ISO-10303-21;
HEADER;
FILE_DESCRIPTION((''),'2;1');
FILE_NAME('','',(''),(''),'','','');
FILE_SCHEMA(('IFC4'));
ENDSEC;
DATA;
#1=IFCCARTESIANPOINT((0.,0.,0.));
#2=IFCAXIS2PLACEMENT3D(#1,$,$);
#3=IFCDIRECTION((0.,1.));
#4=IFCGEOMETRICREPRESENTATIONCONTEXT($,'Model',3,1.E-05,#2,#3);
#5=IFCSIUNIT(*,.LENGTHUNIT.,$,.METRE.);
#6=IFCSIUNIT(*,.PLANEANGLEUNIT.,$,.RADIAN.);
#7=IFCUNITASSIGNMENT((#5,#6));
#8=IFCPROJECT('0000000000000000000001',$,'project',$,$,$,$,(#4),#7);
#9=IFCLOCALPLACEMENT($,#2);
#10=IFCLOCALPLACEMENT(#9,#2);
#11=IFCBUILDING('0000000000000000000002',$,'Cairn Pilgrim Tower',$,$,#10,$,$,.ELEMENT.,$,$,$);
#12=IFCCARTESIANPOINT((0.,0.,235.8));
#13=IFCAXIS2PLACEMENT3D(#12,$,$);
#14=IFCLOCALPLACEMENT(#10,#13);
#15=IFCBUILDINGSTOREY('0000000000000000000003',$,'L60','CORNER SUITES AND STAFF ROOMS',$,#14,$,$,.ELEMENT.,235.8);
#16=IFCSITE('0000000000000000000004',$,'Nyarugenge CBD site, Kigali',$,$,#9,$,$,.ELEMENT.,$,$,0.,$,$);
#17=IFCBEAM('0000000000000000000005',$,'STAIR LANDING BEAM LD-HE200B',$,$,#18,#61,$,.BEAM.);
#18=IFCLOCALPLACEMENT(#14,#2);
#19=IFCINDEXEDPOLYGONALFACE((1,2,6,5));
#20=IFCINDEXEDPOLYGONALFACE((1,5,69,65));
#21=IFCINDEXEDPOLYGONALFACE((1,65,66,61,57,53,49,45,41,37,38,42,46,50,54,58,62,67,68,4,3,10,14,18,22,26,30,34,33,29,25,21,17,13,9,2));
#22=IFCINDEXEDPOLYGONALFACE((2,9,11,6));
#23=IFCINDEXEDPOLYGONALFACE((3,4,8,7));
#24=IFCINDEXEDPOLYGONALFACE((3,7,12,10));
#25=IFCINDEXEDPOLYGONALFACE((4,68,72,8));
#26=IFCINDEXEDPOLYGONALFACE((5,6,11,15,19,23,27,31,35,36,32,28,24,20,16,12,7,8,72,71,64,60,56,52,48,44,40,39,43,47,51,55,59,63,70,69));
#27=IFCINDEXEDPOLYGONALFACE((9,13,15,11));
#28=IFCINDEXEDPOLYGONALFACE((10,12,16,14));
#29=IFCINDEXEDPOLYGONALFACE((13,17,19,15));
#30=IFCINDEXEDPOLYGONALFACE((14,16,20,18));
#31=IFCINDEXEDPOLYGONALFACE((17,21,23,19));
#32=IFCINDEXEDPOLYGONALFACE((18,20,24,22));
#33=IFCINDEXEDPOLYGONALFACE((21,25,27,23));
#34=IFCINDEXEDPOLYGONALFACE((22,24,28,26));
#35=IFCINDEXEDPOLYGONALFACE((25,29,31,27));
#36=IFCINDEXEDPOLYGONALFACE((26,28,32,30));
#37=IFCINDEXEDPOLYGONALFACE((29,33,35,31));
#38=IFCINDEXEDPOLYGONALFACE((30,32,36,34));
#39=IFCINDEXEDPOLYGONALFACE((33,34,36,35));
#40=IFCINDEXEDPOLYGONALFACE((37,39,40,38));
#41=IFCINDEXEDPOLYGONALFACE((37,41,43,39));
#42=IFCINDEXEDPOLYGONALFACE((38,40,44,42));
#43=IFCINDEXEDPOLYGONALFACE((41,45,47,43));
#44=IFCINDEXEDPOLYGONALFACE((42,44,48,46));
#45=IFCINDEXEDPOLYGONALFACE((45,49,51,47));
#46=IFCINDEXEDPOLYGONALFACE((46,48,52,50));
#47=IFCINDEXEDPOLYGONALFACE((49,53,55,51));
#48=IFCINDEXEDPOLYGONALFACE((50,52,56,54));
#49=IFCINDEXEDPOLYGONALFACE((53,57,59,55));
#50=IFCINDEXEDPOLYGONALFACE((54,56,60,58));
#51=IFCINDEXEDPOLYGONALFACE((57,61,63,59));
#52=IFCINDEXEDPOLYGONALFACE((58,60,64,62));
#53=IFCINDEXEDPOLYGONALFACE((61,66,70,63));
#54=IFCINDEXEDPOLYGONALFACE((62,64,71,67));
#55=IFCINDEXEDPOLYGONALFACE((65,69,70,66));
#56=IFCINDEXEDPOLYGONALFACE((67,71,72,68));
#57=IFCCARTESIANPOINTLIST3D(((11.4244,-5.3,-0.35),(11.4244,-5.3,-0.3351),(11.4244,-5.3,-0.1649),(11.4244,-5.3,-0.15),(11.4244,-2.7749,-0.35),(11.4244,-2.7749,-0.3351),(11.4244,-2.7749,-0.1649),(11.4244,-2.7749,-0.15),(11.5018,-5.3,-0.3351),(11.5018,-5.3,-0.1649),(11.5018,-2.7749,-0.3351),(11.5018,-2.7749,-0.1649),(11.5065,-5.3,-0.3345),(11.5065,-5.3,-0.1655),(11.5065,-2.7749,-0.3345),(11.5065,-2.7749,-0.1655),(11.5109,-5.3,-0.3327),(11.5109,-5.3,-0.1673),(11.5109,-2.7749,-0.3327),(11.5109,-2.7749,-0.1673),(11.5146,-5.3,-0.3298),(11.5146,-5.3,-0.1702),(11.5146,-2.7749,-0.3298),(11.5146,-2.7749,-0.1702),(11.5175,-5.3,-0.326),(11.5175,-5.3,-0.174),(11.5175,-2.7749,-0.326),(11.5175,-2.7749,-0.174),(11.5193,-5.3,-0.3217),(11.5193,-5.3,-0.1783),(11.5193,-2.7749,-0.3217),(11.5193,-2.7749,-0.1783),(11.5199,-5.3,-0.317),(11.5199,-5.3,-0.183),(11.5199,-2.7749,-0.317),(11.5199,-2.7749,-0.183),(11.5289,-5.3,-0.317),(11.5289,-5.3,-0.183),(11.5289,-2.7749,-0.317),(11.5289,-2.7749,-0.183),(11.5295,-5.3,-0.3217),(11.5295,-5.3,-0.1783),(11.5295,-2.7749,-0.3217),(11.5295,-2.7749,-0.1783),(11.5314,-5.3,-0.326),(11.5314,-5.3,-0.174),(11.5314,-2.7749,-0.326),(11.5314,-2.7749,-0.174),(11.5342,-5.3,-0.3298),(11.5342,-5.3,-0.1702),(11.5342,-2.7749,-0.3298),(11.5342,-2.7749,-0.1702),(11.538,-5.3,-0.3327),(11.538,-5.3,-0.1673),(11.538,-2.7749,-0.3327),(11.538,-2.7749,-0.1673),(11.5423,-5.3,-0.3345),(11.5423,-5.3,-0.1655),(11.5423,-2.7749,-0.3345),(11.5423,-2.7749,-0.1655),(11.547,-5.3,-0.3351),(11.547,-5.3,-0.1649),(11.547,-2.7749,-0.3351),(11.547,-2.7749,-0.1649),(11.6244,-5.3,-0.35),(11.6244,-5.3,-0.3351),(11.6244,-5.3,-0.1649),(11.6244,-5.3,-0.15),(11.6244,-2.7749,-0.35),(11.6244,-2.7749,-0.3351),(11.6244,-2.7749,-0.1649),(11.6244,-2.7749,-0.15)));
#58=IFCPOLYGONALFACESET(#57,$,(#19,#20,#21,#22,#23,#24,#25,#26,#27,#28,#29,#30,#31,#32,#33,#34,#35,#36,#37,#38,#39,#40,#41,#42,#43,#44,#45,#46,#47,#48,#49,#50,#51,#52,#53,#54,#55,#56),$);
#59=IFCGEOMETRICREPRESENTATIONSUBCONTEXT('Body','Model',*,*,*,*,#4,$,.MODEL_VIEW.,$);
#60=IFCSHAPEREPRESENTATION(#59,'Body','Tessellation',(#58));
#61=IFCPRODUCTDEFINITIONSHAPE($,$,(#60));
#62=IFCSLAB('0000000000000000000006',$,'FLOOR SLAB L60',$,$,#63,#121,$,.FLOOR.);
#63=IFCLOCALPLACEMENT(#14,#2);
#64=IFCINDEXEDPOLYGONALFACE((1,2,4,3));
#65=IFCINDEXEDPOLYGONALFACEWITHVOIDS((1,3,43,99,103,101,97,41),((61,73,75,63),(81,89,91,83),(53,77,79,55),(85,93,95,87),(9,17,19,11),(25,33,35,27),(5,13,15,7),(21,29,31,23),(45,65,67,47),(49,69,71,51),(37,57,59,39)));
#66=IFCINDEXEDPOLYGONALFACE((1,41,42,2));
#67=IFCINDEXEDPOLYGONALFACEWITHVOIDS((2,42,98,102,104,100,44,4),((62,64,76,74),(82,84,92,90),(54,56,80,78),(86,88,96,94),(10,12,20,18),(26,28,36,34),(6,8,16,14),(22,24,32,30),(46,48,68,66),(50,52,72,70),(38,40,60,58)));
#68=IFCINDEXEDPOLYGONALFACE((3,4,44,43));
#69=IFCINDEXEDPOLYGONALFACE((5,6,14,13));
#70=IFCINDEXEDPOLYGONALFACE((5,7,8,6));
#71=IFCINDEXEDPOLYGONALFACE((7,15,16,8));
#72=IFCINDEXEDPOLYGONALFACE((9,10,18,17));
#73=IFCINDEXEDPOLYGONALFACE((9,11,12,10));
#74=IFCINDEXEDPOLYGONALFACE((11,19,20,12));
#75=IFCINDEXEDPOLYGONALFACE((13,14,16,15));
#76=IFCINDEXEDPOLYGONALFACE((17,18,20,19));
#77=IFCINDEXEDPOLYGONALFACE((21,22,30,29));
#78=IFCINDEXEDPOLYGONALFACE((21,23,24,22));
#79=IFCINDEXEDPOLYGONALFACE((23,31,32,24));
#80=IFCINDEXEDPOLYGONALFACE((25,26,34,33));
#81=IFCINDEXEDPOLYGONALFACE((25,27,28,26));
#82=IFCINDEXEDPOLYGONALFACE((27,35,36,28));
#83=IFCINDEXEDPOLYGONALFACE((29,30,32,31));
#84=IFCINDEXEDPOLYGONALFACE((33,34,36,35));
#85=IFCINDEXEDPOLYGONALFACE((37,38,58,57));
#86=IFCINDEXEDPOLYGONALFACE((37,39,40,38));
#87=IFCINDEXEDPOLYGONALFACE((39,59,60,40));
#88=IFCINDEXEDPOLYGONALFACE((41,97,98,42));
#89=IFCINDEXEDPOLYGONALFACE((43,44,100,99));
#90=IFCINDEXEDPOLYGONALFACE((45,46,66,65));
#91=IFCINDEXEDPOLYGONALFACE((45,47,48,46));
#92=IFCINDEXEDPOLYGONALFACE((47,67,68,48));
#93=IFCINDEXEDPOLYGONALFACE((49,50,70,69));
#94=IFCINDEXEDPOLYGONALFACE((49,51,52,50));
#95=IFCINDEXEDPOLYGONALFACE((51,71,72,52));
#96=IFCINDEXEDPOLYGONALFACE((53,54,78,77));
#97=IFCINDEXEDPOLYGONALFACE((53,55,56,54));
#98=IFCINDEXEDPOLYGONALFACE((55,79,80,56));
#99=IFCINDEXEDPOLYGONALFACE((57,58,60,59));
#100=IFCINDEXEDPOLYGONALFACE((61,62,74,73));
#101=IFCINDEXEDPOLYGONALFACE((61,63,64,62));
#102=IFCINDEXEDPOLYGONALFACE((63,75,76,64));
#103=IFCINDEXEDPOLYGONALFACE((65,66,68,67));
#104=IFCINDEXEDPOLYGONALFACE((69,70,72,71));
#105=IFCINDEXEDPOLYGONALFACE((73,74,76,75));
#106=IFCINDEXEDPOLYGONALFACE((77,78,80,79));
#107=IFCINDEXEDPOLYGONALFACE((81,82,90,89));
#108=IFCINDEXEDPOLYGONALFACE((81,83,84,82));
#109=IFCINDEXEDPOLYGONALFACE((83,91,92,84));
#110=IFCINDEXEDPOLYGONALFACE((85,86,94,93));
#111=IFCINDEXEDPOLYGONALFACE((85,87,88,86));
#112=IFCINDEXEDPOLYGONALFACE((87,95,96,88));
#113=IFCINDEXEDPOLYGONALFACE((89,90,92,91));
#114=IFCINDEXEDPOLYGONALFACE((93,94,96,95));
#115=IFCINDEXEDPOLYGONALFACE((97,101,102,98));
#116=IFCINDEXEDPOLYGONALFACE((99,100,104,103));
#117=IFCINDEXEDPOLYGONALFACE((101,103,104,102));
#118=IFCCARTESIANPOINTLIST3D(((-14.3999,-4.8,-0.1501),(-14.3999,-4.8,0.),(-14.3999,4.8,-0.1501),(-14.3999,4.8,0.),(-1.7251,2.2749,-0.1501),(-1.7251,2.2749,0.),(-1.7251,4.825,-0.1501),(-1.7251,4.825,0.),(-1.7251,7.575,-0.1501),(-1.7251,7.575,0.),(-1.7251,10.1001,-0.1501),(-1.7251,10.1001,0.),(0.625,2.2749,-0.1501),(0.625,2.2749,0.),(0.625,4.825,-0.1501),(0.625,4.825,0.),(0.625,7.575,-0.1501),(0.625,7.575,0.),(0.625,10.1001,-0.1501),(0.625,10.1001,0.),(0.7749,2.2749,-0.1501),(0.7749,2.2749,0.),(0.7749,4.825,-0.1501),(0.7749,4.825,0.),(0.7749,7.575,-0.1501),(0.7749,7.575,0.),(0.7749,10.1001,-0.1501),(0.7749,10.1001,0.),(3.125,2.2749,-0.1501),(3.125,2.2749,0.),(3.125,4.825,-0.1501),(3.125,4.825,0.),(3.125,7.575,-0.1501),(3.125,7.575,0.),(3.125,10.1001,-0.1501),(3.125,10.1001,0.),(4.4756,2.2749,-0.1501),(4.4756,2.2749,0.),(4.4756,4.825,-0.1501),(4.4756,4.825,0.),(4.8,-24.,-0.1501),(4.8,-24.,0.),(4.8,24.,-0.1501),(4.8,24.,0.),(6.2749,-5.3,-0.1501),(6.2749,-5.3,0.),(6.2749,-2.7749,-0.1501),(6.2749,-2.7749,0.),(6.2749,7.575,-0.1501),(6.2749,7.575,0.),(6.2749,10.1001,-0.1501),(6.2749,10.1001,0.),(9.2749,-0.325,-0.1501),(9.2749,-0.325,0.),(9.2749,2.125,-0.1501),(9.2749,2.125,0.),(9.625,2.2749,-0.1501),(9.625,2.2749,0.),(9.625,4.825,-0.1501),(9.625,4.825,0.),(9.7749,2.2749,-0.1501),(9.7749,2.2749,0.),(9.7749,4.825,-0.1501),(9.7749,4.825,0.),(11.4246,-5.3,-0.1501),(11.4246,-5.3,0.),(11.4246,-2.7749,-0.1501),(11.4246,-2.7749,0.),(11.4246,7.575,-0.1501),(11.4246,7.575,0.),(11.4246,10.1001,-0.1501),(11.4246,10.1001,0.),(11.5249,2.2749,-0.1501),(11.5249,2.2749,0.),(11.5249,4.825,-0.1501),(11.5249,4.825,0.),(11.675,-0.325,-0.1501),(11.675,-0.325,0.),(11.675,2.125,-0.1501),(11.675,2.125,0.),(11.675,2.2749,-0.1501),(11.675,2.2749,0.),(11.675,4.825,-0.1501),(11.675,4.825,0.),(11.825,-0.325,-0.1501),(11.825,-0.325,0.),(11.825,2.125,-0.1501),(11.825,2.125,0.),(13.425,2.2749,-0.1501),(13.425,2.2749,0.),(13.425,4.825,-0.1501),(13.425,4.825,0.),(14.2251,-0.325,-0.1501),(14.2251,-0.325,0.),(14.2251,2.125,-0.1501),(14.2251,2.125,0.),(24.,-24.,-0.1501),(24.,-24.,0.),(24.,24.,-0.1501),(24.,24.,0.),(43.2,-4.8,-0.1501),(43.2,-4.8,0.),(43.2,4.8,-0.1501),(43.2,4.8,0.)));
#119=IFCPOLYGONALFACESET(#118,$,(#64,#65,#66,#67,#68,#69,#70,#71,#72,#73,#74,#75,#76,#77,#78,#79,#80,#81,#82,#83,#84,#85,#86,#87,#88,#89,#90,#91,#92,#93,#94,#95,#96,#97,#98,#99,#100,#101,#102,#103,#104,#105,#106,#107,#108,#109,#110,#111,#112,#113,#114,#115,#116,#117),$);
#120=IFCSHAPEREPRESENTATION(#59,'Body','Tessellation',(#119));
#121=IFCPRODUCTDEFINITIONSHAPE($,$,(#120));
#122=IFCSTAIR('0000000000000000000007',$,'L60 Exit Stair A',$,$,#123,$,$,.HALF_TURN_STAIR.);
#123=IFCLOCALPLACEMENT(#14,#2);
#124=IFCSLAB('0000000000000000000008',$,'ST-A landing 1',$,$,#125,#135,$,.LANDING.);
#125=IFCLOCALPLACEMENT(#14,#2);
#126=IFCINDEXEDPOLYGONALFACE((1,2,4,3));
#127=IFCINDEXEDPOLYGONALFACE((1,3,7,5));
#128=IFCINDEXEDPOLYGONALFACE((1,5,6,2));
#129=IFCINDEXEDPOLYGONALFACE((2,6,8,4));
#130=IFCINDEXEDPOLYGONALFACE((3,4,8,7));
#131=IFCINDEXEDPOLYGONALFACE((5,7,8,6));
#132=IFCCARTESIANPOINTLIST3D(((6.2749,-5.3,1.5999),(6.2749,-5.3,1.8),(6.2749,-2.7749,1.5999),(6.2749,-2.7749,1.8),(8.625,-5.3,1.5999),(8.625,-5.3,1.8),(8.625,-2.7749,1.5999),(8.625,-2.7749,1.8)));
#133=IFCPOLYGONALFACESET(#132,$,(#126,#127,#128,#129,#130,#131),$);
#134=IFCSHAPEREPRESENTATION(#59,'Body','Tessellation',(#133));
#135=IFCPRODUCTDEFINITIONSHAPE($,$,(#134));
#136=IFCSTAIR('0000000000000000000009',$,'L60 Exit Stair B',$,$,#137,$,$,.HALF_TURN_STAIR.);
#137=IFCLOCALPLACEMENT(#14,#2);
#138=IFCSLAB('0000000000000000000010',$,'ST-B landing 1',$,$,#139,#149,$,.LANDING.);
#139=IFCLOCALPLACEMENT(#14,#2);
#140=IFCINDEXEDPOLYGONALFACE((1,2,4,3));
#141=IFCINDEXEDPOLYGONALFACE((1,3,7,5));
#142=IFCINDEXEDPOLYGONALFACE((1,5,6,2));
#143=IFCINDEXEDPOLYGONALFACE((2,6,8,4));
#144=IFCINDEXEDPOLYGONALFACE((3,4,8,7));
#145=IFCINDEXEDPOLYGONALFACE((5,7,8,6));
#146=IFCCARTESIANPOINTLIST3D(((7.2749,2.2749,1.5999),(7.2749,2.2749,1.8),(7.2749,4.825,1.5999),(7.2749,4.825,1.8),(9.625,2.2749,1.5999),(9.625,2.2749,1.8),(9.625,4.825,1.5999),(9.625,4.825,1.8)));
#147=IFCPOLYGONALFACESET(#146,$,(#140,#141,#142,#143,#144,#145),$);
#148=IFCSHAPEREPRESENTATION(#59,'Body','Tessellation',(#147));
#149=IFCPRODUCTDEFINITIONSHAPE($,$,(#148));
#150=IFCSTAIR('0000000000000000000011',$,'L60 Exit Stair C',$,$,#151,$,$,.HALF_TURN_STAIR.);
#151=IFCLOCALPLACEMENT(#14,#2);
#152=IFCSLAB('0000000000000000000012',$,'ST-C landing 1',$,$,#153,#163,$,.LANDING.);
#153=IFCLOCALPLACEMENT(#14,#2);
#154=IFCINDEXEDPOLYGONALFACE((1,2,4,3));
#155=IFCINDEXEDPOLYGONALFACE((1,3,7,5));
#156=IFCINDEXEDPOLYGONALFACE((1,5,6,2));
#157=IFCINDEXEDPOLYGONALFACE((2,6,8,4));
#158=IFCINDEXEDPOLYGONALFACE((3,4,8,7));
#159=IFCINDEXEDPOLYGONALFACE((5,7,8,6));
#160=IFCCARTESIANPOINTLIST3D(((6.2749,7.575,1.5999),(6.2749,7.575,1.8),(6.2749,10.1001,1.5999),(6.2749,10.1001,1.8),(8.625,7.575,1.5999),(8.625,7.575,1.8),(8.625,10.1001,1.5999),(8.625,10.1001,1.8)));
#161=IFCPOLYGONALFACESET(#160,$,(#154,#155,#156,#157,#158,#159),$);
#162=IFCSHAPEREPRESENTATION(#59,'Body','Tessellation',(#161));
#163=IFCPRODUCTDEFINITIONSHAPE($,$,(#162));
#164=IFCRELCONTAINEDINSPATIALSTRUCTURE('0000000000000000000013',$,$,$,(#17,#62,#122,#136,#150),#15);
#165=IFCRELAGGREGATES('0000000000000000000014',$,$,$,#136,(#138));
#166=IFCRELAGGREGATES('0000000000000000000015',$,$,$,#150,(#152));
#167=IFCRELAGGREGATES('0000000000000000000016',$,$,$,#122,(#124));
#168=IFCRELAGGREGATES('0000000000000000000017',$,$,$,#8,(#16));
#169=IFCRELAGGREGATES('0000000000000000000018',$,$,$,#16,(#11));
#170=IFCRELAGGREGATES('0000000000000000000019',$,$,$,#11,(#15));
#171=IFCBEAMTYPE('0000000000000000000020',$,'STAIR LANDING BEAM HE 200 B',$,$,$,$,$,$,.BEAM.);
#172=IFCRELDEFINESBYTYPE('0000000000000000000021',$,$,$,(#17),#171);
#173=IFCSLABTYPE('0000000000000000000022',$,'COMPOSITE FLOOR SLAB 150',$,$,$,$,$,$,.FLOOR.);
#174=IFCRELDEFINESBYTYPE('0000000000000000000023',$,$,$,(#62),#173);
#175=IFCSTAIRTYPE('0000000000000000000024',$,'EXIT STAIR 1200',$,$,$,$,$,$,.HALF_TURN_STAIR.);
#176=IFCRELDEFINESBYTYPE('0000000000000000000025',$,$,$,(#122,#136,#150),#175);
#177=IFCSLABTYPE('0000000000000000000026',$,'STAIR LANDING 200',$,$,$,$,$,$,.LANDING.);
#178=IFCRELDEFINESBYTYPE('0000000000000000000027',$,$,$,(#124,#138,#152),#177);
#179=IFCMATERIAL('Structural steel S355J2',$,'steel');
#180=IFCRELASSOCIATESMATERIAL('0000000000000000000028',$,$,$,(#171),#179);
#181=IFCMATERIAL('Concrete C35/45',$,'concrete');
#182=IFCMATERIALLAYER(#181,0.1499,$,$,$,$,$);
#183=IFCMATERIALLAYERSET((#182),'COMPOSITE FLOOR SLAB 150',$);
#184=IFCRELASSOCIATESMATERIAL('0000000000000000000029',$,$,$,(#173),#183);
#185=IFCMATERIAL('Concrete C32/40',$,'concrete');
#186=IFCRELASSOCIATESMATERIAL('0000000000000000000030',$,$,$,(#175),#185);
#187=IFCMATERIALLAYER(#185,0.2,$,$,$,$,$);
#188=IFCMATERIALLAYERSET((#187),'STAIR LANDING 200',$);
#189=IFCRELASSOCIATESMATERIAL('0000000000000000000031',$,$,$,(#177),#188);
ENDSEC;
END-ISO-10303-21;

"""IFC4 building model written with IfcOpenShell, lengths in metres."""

from ifc_helpers import new_model, si_unit, direction, frame, origin, origin_2d, place, context, subcontext, project, spatial, polyline, i_section, outline, extrude, material, layer, layer_set, material_profile, profile_set, type_object, element, aggregate, save


model = new_model("IFC4")

# Units and contexts
model_context = context("Model", 3, precision=1e-05, world=origin(), true_north=direction((0.0, 1.0)))
body_context = subcontext(model_context, "Body", "Model", "MODEL_VIEW")
ifc_project = project(units=[si_unit("LENGTHUNIT", "METRE"), si_unit("PLANEANGLEUNIT", "RADIAN")], contexts=[model_context])

# Site, building, storey
site_placement = place(None, origin())
site = spatial("IfcSite", under=ifc_project, at=site_placement, Name="Nyarugenge CBD site, Kigali", CompositionType="ELEMENT", RefElevation=0.0)
building_placement = place(site_placement, origin())
building = spatial("IfcBuilding", under=site, at=building_placement, Name="Cairn Pilgrim Tower", CompositionType="ELEMENT")
storey_placement = place(building_placement, frame((0.0, 0.0, 235.8)))
storey = spatial("IfcBuildingStorey", under=building, at=storey_placement, Name="L60", Description="CORNER SUITES AND STAFF ROOMS", CompositionType="ELEMENT", Elevation=235.8)

# Shared definitions
ifc_material_1 = material(Name="Structural steel S355J2", Category="steel")

# Beam
ifc_material_profile_1 = material_profile(ifc_material_1, i_section(OverallWidth=0.2, OverallDepth=0.2, WebThickness=0.009, FlangeThickness=0.0149, FilletRadius=0.0181, at=origin_2d()), Name="HE 200 B")
ifc_profile_set_1 = profile_set([ifc_material_profile_1], Name="Structural steel S355J2")
beam_type_1 = type_object("IfcBeamType", Name="STAIR LANDING BEAM HE 200 B", PredefinedType="BEAM", material=ifc_profile_set_1)
beam_1_placement = place(storey_placement, frame((11.5244, -2.7749, -0.25), z_axis=(0.0, -1.0, 0.0), x_axis=(1.0, 0.0, 0.0)))
element("IfcBeam", 1, at=beam_1_placement, inside=storey, type_object=beam_type_1, Name="STAIR LANDING BEAM LD-HE200B", PredefinedType="BEAM", context=body_context, shape_type="SweptSolid", body=[
    extrude(i_section(OverallWidth=0.2, OverallDepth=0.2, WebThickness=0.009, FlangeThickness=0.0149, FilletRadius=0.0181, at=origin_2d()), origin(), (0.0, 0.0, 1.0), 2.5251),
])

# Slab
ifc_material_2 = material(Name="Concrete C35/45", Category="concrete")
ifc_layer_1 = layer(ifc_material_2, 0.1499)
ifc_layer_set_1 = layer_set([ifc_layer_1], Name="COMPOSITE FLOOR SLAB 150")
slab_type_1 = type_object("IfcSlabType", Name="COMPOSITE FLOOR SLAB 150", PredefinedType="FLOOR", material=ifc_layer_set_1)
slab_1_placement = place(storey_placement, frame((0.0, 0.0, -0.1501)))
element("IfcSlab", 2, at=slab_1_placement, inside=storey, type_object=slab_type_1, Name="FLOOR SLAB L60", PredefinedType="FLOOR", context=body_context, shape_type="SweptSolid", body=[
    extrude(outline(polyline([(4.8, -24.0), (24.0, -24.0), (43.2, -4.8), (43.2, 4.8), (24.0, 24.0), (4.8, 24.0), (-14.3999, 4.8), (-14.3999, -4.8), (4.8, -24.0)]), holes=[polyline([(9.2749, -0.325), (11.675, -0.325), (11.675, 2.125), (9.2749, 2.125), (9.2749, -0.325)]), polyline([(11.825, -0.325), (14.2251, -0.325), (14.2251, 2.125), (11.825, 2.125), (11.825, -0.325)]), polyline([(-1.7251, 2.2749), (0.625, 2.2749), (0.625, 4.825), (-1.7251, 4.825), (-1.7251, 2.2749)]), polyline([(0.7749, 2.2749), (3.125, 2.2749), (3.125, 4.825), (0.7749, 4.825), (0.7749, 2.2749)]), polyline([(-1.7251, 7.575), (0.625, 7.575), (0.625, 10.1001), (-1.7251, 10.1001), (-1.7251, 7.575)]), polyline([(0.7749, 7.575), (3.125, 7.575), (3.125, 10.1001), (0.7749, 10.1001), (0.7749, 7.575)]), polyline([(9.7749, 2.2749), (11.5249, 2.2749), (11.5249, 4.825), (9.7749, 4.825), (9.7749, 2.2749)]), polyline([(11.675, 2.2749), (13.425, 2.2749), (13.425, 4.825), (11.675, 4.825), (11.675, 2.2749)]), polyline([(11.4246, -2.7749), (6.2749, -2.7749), (6.2749, -5.3), (11.4246, -5.3), (11.4246, -2.7749)]), polyline([(4.4756, 2.2749), (9.625, 2.2749), (9.625, 4.825), (4.4756, 4.825), (4.4756, 2.2749)]), polyline([(11.4246, 10.1001), (6.2749, 10.1001), (6.2749, 7.575), (11.4246, 7.575), (11.4246, 10.1001)])]), origin(), (0.0, 0.0, 1.0), 0.1501),
])

# Stairs, slabs
ifc_material_3 = material(Name="Concrete C32/40", Category="concrete")
stair_type = type_object("IfcStairType", Name="EXIT STAIR 1200", PredefinedType="HALF_TURN_STAIR", material=ifc_material_3)
stair_1_placement = place(storey_placement, origin())
stair_1 = element("IfcStair", 3, at=stair_1_placement, inside=storey, type_object=stair_type, Name="L60 Exit Stair A", PredefinedType="HALF_TURN_STAIR")
ifc_layer_2 = layer(ifc_material_3, 0.2)
ifc_layer_set_2 = layer_set([ifc_layer_2], Name="STAIR LANDING 200")
slab_type_2 = type_object("IfcSlabType", Name="STAIR LANDING 200", PredefinedType="LANDING", material=ifc_layer_set_2)
slab_2_placement = place(storey_placement, frame((0.0, 0.0, 1.5999)))
slab_2 = element("IfcSlab", 4, at=slab_2_placement, type_object=slab_type_2, Name="ST-A landing 1", PredefinedType="LANDING", context=body_context, shape_type="SweptSolid", body=[
    extrude(outline(polyline([(8.625, -2.7749), (6.2749, -2.7749), (6.2749, -5.3), (8.625, -5.3), (8.625, -2.7749)])), origin(), (0.0, 0.0, 1.0), 0.2002),
])
stair_2_placement = place(storey_placement, origin())
stair_2 = element("IfcStair", 5, at=stair_2_placement, inside=storey, type_object=stair_type, Name="L60 Exit Stair B", PredefinedType="HALF_TURN_STAIR")
slab_3_placement = place(storey_placement, frame((0.0, 0.0, 1.5999)))
slab_3 = element("IfcSlab", 6, at=slab_3_placement, type_object=slab_type_2, Name="ST-B landing 1", PredefinedType="LANDING", context=body_context, shape_type="SweptSolid", body=[
    extrude(outline(polyline([(7.2749, 2.2749), (9.625, 2.2749), (9.625, 4.825), (7.2749, 4.825), (7.2749, 2.2749)])), origin(), (0.0, 0.0, 1.0), 0.2002),
])
aggregate(stair_2, [slab_3])
stair_3_placement = place(storey_placement, origin())
stair_3 = element("IfcStair", 7, at=stair_3_placement, inside=storey, type_object=stair_type, Name="L60 Exit Stair C", PredefinedType="HALF_TURN_STAIR")
slab_4_placement = place(storey_placement, frame((0.0, 0.0, 1.5999)))
slab_4 = element("IfcSlab", 8, at=slab_4_placement, type_object=slab_type_2, Name="ST-C landing 1", PredefinedType="LANDING", context=body_context, shape_type="SweptSolid", body=[
    extrude(outline(polyline([(8.625, 10.1001), (6.2749, 10.1001), (6.2749, 7.575), (8.625, 7.575), (8.625, 10.1001)])), origin(), (0.0, 0.0, 1.0), 0.2002),
])
aggregate(stair_3, [slab_4])

aggregate(stair_1, [slab_2])

save(model, "model.ifc")
